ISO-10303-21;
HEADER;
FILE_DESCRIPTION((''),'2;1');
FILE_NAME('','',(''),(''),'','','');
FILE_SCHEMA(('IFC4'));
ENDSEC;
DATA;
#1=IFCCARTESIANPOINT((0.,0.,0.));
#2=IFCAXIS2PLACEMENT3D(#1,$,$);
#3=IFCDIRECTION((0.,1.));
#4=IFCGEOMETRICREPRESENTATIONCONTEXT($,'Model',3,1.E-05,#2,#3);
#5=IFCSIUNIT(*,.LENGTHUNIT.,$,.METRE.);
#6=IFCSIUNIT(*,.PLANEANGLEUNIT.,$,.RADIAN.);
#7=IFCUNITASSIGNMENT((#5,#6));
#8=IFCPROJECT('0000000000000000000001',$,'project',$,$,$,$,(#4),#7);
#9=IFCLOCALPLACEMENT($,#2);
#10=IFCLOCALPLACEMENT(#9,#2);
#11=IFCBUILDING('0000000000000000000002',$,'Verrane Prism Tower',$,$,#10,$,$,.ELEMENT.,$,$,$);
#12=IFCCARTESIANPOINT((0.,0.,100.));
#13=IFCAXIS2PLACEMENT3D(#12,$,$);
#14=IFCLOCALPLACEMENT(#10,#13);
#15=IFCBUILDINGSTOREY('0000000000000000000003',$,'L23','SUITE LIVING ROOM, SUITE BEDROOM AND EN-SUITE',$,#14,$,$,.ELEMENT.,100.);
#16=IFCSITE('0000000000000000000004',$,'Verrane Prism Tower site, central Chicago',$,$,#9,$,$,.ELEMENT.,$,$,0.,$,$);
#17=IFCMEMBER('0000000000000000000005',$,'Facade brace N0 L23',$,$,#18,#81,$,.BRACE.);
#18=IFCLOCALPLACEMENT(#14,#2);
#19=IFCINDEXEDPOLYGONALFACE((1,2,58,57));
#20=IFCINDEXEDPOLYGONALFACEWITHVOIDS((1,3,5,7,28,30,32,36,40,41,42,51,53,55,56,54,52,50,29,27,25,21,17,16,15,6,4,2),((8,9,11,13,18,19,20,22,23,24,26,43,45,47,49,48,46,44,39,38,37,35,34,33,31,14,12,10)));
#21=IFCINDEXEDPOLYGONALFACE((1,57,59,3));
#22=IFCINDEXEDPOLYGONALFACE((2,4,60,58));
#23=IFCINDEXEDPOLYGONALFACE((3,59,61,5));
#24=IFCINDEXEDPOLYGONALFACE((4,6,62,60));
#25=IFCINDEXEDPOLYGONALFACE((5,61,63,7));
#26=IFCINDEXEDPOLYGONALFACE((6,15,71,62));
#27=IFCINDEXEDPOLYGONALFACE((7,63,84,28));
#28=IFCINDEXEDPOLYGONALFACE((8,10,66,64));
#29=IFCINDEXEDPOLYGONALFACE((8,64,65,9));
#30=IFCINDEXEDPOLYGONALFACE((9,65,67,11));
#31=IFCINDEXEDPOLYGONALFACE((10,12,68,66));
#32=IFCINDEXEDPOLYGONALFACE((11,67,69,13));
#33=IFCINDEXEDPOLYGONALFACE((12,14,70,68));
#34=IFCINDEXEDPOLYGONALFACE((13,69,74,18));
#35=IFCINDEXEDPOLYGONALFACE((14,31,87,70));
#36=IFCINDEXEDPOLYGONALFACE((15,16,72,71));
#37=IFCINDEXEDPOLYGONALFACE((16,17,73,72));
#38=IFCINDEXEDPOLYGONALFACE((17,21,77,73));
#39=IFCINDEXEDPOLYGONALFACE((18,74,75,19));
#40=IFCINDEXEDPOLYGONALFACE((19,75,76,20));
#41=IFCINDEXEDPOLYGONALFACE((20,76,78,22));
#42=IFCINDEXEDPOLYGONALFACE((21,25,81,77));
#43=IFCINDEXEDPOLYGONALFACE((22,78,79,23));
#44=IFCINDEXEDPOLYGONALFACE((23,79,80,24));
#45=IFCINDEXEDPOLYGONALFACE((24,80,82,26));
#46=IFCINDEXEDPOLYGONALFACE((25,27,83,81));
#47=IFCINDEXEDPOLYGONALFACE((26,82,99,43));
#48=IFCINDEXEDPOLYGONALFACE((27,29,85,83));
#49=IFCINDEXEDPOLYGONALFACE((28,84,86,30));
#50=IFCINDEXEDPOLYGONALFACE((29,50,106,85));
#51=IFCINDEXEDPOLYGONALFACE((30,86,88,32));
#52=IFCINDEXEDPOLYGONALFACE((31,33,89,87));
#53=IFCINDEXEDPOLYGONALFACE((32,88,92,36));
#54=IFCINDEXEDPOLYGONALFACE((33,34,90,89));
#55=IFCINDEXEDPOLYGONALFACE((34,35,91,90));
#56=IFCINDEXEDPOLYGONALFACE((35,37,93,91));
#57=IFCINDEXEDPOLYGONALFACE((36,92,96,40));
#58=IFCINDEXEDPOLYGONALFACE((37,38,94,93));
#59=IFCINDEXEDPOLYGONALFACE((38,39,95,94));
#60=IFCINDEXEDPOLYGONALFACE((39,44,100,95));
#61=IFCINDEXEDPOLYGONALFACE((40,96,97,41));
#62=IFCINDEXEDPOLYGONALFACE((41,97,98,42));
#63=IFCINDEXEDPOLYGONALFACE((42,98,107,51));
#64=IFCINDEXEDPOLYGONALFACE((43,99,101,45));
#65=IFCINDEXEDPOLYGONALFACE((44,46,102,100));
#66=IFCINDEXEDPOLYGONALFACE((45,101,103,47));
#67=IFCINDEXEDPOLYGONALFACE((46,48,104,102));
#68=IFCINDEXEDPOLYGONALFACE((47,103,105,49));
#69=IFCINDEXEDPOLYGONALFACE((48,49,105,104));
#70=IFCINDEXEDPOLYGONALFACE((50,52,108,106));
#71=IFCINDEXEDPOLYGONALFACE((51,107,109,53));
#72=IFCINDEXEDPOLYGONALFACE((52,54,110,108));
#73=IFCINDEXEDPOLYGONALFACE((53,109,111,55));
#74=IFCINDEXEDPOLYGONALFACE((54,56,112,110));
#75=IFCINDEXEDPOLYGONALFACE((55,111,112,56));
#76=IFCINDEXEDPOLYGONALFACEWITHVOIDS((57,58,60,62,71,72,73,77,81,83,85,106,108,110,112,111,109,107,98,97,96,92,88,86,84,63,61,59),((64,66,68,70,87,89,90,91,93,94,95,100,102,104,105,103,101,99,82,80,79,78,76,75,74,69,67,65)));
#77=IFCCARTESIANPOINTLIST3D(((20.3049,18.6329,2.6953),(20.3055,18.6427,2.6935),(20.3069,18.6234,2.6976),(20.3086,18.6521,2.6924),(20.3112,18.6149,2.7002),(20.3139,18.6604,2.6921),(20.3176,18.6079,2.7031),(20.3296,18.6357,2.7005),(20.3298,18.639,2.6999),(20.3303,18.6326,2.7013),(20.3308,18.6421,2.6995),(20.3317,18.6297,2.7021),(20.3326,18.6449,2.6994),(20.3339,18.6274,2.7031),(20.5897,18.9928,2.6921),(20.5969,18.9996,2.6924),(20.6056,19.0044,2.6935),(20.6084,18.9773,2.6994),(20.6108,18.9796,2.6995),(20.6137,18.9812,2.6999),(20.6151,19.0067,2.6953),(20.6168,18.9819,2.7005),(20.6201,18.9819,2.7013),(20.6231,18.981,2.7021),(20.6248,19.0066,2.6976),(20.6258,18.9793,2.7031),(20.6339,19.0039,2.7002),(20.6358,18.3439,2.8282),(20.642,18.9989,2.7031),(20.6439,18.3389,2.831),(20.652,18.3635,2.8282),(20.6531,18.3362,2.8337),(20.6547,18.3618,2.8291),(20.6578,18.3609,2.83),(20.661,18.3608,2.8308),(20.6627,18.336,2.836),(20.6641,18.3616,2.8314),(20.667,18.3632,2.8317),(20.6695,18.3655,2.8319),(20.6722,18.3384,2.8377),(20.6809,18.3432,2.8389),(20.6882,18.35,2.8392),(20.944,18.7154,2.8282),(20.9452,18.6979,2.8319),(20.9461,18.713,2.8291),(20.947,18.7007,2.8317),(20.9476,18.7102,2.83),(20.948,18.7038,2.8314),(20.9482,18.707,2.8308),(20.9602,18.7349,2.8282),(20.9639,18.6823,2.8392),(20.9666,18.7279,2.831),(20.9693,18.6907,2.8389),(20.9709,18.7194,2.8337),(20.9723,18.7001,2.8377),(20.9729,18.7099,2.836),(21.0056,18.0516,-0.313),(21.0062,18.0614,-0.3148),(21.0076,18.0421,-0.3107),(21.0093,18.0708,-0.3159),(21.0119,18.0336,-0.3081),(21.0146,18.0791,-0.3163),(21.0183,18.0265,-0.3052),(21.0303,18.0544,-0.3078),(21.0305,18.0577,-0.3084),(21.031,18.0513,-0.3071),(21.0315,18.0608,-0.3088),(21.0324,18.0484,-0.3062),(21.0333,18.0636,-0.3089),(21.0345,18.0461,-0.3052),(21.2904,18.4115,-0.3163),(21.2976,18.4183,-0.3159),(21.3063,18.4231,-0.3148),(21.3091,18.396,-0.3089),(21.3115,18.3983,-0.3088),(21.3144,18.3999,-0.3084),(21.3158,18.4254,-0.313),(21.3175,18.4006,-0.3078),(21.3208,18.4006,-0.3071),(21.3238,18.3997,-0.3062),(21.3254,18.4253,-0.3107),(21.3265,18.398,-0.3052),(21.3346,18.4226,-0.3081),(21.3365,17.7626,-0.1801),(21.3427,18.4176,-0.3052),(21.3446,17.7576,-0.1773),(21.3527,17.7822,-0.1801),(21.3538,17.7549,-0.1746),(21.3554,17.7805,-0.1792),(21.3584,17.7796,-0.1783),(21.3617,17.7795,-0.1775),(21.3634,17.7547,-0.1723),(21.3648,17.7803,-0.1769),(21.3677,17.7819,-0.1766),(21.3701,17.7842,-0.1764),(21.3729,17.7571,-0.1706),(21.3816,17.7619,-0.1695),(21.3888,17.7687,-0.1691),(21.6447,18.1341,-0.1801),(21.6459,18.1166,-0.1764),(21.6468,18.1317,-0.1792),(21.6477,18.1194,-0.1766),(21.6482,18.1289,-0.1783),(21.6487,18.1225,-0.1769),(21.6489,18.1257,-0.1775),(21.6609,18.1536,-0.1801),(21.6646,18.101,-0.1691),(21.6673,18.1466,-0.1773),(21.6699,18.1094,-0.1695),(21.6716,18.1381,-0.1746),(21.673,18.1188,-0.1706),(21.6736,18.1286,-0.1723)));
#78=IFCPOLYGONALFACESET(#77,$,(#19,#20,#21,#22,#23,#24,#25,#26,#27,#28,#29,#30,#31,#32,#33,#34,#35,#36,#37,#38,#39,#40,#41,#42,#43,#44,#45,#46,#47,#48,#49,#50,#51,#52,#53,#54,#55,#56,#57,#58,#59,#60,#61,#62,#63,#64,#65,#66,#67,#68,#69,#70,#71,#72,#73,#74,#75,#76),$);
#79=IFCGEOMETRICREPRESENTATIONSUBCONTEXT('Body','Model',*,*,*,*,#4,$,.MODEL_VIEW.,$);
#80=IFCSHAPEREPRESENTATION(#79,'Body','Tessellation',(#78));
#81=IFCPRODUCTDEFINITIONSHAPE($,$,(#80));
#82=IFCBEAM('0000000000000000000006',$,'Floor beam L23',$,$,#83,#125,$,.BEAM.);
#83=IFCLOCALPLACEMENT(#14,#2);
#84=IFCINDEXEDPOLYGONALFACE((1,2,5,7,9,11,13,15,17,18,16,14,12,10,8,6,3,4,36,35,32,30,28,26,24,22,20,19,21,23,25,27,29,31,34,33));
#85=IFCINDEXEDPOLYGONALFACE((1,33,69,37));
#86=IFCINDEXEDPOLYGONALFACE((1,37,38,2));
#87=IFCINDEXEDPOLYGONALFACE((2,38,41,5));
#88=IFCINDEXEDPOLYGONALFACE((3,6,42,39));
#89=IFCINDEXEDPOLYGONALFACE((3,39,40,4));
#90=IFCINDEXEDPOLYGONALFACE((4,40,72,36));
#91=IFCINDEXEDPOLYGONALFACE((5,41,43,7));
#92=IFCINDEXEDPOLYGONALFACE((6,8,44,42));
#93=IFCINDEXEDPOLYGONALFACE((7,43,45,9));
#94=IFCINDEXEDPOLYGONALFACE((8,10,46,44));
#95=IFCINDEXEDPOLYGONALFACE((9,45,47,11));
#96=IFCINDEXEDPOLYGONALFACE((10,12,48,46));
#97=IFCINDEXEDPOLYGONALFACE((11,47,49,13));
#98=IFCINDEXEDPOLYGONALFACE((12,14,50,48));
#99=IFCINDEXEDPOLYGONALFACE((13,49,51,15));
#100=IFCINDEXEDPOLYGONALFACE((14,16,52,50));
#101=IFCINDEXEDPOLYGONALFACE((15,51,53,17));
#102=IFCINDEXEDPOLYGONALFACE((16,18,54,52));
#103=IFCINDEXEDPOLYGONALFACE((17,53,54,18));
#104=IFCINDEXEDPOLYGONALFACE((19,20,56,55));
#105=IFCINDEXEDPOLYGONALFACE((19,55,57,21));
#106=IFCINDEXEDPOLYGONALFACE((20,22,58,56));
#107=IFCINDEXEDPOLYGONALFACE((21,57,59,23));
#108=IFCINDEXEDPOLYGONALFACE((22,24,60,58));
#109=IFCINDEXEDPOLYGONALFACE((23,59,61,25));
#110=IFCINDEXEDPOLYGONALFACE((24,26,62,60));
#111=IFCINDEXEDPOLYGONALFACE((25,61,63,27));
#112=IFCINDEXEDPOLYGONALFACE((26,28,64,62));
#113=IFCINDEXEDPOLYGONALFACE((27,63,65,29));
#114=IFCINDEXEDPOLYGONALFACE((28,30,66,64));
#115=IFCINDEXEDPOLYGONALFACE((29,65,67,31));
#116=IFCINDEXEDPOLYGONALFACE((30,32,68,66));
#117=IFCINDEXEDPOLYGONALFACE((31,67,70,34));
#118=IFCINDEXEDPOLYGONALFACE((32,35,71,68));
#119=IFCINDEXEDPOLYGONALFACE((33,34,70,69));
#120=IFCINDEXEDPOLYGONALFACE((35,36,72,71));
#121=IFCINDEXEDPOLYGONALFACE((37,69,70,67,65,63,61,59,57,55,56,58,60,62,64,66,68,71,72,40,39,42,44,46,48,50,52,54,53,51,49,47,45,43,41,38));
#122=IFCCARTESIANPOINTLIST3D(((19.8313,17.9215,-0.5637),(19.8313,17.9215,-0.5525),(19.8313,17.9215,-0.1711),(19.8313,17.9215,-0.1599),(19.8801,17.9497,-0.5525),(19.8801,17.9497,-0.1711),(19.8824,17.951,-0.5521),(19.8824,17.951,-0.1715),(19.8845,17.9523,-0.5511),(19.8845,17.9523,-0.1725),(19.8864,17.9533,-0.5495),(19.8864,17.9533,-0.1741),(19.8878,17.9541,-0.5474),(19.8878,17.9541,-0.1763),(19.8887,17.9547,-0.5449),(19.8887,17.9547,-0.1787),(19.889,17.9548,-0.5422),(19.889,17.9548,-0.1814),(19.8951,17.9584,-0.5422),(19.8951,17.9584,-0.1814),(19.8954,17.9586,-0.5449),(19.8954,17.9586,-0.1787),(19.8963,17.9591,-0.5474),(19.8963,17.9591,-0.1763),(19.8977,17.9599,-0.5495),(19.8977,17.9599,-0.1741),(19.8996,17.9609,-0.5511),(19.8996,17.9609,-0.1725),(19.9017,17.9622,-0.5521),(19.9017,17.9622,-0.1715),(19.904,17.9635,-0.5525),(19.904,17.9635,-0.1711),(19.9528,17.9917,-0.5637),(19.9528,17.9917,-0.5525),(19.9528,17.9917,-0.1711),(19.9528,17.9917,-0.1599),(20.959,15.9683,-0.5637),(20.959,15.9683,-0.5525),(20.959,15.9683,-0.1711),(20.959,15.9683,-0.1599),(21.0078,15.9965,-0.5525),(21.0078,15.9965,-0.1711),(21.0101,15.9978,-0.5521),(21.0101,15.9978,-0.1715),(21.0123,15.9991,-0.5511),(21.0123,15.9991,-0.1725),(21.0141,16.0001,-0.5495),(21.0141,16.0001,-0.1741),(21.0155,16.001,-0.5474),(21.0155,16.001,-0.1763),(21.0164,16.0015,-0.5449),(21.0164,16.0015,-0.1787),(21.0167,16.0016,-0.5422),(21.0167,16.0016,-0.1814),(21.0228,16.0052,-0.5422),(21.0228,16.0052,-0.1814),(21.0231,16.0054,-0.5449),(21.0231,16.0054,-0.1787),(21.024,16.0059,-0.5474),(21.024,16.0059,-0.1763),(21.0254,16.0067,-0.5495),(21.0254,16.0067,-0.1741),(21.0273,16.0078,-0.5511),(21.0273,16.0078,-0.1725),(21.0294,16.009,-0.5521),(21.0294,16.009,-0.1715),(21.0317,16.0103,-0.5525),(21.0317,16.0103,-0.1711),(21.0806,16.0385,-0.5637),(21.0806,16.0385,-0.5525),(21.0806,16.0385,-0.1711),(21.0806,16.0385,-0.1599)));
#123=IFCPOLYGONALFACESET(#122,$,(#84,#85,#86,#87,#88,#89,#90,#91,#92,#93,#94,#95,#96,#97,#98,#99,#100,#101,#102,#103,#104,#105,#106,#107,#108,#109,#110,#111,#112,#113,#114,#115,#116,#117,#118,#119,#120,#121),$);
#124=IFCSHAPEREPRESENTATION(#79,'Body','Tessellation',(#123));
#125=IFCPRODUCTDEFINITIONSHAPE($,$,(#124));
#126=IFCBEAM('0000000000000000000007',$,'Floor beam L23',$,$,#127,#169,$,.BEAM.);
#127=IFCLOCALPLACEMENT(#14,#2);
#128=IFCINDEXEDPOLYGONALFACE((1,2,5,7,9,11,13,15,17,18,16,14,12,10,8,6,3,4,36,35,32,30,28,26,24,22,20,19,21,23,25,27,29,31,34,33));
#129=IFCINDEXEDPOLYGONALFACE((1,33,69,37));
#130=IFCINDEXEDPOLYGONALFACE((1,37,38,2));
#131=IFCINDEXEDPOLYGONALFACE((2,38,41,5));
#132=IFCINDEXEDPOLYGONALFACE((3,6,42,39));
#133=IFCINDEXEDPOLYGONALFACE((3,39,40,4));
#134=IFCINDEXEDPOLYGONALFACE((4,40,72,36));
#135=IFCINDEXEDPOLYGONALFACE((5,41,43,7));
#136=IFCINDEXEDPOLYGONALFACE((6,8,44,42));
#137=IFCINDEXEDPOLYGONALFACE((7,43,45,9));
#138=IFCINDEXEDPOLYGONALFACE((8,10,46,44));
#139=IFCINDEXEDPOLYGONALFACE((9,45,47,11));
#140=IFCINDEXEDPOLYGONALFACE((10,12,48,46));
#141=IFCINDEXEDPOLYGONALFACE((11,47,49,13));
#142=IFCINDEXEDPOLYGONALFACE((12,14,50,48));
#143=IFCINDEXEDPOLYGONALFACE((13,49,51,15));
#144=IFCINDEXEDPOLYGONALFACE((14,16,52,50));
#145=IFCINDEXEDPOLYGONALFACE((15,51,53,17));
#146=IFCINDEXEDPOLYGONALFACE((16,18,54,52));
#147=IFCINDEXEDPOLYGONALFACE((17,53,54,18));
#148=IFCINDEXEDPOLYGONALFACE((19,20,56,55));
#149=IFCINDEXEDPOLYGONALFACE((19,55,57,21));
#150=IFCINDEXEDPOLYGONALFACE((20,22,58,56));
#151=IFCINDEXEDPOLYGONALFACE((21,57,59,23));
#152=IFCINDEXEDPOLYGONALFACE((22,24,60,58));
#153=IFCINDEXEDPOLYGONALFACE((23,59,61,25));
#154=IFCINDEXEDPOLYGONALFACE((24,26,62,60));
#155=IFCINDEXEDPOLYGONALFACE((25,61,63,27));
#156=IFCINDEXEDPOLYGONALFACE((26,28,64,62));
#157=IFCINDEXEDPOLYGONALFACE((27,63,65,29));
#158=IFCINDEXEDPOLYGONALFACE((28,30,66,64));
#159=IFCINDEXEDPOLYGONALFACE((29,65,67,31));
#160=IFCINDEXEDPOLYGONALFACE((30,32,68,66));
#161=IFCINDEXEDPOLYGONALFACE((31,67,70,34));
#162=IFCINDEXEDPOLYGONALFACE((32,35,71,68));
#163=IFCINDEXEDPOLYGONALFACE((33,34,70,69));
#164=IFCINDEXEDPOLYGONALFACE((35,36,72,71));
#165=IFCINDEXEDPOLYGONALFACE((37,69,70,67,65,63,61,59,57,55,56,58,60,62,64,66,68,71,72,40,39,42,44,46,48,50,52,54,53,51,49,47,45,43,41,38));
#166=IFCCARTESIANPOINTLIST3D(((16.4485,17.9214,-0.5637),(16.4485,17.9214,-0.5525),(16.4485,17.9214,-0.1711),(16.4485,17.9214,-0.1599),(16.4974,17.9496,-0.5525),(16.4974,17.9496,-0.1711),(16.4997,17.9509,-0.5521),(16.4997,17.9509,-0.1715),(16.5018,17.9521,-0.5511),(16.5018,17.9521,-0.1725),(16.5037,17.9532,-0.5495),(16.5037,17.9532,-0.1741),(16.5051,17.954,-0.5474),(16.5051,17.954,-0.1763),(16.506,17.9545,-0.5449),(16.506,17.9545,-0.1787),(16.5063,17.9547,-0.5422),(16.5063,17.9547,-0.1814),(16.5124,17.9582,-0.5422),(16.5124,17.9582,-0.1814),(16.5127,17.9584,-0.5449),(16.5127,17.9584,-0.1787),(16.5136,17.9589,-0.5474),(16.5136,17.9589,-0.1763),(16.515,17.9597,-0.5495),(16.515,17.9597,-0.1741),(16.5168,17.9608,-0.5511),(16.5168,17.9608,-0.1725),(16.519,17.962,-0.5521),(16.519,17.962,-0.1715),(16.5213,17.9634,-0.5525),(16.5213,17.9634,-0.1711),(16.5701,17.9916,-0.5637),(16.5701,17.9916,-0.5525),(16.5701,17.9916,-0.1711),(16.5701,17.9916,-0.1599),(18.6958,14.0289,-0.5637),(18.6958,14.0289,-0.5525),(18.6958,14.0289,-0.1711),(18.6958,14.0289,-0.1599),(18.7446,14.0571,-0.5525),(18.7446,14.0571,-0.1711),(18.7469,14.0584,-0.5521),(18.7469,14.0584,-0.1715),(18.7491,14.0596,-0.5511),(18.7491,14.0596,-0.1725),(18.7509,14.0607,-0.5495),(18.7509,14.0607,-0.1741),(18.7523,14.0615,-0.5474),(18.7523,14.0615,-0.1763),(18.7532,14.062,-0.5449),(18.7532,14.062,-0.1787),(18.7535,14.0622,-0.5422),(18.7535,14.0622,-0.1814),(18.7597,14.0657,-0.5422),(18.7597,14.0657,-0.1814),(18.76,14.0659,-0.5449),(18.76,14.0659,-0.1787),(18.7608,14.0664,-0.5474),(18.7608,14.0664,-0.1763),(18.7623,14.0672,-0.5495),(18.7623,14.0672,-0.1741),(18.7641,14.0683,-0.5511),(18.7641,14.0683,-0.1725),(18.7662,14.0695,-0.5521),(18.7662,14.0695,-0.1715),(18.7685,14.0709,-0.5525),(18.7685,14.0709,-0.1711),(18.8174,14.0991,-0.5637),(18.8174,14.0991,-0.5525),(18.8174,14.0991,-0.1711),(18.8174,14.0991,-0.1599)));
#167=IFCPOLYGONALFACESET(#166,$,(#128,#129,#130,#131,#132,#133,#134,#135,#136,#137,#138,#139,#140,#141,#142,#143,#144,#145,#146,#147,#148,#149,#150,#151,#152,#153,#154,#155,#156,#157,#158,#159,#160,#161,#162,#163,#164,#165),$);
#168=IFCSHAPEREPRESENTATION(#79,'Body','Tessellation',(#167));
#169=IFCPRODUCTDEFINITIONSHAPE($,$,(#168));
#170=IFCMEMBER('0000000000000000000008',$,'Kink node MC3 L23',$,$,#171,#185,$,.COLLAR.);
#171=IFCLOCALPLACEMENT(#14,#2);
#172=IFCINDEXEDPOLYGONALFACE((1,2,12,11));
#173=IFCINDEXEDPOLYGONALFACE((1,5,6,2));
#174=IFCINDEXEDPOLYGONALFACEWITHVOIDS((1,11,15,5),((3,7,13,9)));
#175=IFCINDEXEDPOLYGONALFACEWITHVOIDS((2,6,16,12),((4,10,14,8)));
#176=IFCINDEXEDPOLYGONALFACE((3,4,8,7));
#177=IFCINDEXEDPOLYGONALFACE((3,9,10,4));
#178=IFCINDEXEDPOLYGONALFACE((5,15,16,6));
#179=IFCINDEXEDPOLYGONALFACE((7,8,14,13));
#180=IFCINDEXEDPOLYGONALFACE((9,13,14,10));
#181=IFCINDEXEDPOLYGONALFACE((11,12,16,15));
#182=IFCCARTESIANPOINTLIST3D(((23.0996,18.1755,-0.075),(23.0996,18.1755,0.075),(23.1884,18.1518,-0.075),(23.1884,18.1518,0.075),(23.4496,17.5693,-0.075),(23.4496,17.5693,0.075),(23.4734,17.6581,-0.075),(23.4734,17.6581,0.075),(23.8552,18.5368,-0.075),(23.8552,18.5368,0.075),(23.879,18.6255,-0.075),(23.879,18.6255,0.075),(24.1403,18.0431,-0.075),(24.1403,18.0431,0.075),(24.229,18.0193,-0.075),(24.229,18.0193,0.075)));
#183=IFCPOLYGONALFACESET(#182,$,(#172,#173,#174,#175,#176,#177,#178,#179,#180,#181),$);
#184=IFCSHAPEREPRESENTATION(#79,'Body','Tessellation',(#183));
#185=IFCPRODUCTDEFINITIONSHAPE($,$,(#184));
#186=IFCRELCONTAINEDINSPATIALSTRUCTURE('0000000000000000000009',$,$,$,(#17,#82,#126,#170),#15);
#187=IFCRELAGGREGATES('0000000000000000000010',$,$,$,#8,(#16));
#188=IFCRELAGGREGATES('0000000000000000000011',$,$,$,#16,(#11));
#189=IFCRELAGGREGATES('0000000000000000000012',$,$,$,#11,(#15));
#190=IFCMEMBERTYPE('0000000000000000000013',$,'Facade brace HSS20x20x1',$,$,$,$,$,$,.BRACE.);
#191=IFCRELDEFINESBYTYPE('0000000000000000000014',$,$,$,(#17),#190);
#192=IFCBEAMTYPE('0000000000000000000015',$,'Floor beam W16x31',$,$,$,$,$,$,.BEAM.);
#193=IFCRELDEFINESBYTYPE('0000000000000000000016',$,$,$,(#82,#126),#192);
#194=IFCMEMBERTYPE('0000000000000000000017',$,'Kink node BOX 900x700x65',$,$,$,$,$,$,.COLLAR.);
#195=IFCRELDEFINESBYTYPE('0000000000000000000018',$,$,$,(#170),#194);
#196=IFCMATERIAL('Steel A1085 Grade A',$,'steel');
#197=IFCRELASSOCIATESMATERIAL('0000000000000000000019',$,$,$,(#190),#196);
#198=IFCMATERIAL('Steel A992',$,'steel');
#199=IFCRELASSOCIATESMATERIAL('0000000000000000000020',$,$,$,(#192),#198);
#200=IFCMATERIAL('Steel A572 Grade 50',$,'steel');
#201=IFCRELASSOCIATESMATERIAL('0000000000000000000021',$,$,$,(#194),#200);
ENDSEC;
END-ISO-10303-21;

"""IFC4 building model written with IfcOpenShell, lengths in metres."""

from ifc_helpers import new_model, si_unit, direction, frame, origin, origin_2d, place, context, subcontext, project, spatial, hollow_rectangle, i_section, extrude, material, material_profile, profile_set, type_object, element, save


model = new_model("IFC4")

# Units and contexts
model_context = context("Model", 3, precision=1e-05, world=origin(), true_north=direction((0.0, 1.0)))
body_context = subcontext(model_context, "Body", "Model", "MODEL_VIEW")
ifc_project = project(units=[si_unit("LENGTHUNIT", "METRE"), si_unit("PLANEANGLEUNIT", "RADIAN")], contexts=[model_context])

# Site, building, storey
site_placement = place(None, origin())
site = spatial("IfcSite", under=ifc_project, at=site_placement, Name="Verrane Prism Tower site, central Chicago", CompositionType="ELEMENT", RefElevation=0.0)
building_placement = place(site_placement, origin())
building = spatial("IfcBuilding", under=site, at=building_placement, Name="Verrane Prism Tower", CompositionType="ELEMENT")
storey_placement = place(building_placement, frame((0.0, 0.0, 100.0)))
storey = spatial("IfcBuildingStorey", under=building, at=storey_placement, Name="L23", Description="SUITE LIVING ROOM, SUITE BEDROOM AND EN-SUITE", CompositionType="ELEMENT", Elevation=100.0)

# Member
ifc_material_1 = material(Name="Steel A1085 Grade A", Category="steel")
ifc_material_profile_1 = material_profile(ifc_material_1, hollow_rectangle(XDim=0.5081, YDim=0.5081, WallThickness=0.0254, InnerFilletRadius=0.0127, OuterFilletRadius=0.0381, at=origin_2d()), Name="HSS20x20x1")
ifc_profile_set_1 = profile_set([ifc_material_profile_1], Name="Steel A1085 Grade A")
member_type_1 = type_object("IfcMemberType", Name="Facade brace HSS20x20x1", PredefinedType="BRACE", material=ifc_profile_set_1)
member_1_placement = place(storey_placement, frame((21.3396, 18.0901, -0.2427), z_axis=(-0.222931, 0.184948, 0.957129), x_axis=(-0.638495, -0.769626, 0.0)))
element("IfcMember", 1, at=member_1_placement, inside=storey, type_object=member_type_1, Name="Facade brace N0 L23", PredefinedType="BRACE", context=body_context, shape_type="SweptSolid", body=[
    extrude(hollow_rectangle(XDim=0.5081, YDim=0.5081, WallThickness=0.0254, InnerFilletRadius=0.0127, OuterFilletRadius=0.0381, at=origin_2d()), origin(), (0.0, 0.0, 1.0), 3.1431),
])

# Beams
ifc_material_2 = material(Name="Steel A992", Category="steel")
ifc_material_profile_2 = material_profile(ifc_material_2, i_section(OverallWidth=0.1404, OverallDepth=0.4038, WebThickness=0.0071, FlangeThickness=0.0112, FilletRadius=0.0103, at=origin_2d()), Name="W16x31")
ifc_profile_set_2 = profile_set([ifc_material_profile_2], Name="Steel A992")
beam_type_1 = type_object("IfcBeamType", Name="Floor beam W16x31", PredefinedType="BEAM", material=ifc_profile_set_2)
beam_1_placement = place(storey_placement, frame((21.0198, 16.0034, -0.3618), z_axis=(-0.500016, 0.866016, 0.0), x_axis=(-0.866016, -0.500016, 0.0)))
element("IfcBeam", 2, at=beam_1_placement, inside=storey, type_object=beam_type_1, Name="Floor beam L23", PredefinedType="BEAM", context=body_context, shape_type="SweptSolid", body=[
    extrude(i_section(OverallWidth=0.1404, OverallDepth=0.4038, WebThickness=0.0071, FlangeThickness=0.0112, FilletRadius=0.0103, at=origin_2d()), origin(), (0.0, 0.0, 1.0), 2.2554),
])
beam_2_placement = place(storey_placement, frame((18.7566, 14.064, -0.3618), z_axis=(-0.499989, 0.866032, 0.0), x_axis=(-0.866032, -0.499989, 0.0)))
element("IfcBeam", 3, at=beam_2_placement, inside=storey, type_object=beam_type_1, Name="Floor beam L23", PredefinedType="BEAM", context=body_context, shape_type="SweptSolid", body=[
    extrude(i_section(OverallWidth=0.1404, OverallDepth=0.4038, WebThickness=0.0071, FlangeThickness=0.0112, FilletRadius=0.0103, at=origin_2d()), origin(), (0.0, 0.0, 1.0), 4.4946),
])

# Member
ifc_material_3 = material(Name="Steel A572 Grade 50", Category="steel")
ifc_material_profile_3 = material_profile(ifc_material_3, hollow_rectangle(XDim=0.7, YDim=0.8999, WallThickness=0.0649, at=origin_2d()), Name="BOX 900x700x65")
ifc_profile_set_3 = profile_set([ifc_material_profile_3], Name="Steel A572 Grade 50")
member_type_2 = type_object("IfcMemberType", Name="Kink node BOX 900x700x65", PredefinedType="COLLAR", material=ifc_profile_set_3)
member_2_placement = place(storey_placement, frame((23.6643, 18.0974, -0.075), z_axis=(0.0, 0.0, 1.0), x_axis=(0.5, -0.866025, 0.0)))
element("IfcMember", 4, at=member_2_placement, inside=storey, type_object=member_type_2, Name="Kink node MC3 L23", PredefinedType="COLLAR", context=body_context, shape_type="SweptSolid", body=[
    extrude(hollow_rectangle(XDim=0.7, YDim=0.8999, WallThickness=0.0649, at=origin_2d()), origin(), (0.0, 0.0, 1.0), 0.1499),
])

save(model, "model.ifc")
